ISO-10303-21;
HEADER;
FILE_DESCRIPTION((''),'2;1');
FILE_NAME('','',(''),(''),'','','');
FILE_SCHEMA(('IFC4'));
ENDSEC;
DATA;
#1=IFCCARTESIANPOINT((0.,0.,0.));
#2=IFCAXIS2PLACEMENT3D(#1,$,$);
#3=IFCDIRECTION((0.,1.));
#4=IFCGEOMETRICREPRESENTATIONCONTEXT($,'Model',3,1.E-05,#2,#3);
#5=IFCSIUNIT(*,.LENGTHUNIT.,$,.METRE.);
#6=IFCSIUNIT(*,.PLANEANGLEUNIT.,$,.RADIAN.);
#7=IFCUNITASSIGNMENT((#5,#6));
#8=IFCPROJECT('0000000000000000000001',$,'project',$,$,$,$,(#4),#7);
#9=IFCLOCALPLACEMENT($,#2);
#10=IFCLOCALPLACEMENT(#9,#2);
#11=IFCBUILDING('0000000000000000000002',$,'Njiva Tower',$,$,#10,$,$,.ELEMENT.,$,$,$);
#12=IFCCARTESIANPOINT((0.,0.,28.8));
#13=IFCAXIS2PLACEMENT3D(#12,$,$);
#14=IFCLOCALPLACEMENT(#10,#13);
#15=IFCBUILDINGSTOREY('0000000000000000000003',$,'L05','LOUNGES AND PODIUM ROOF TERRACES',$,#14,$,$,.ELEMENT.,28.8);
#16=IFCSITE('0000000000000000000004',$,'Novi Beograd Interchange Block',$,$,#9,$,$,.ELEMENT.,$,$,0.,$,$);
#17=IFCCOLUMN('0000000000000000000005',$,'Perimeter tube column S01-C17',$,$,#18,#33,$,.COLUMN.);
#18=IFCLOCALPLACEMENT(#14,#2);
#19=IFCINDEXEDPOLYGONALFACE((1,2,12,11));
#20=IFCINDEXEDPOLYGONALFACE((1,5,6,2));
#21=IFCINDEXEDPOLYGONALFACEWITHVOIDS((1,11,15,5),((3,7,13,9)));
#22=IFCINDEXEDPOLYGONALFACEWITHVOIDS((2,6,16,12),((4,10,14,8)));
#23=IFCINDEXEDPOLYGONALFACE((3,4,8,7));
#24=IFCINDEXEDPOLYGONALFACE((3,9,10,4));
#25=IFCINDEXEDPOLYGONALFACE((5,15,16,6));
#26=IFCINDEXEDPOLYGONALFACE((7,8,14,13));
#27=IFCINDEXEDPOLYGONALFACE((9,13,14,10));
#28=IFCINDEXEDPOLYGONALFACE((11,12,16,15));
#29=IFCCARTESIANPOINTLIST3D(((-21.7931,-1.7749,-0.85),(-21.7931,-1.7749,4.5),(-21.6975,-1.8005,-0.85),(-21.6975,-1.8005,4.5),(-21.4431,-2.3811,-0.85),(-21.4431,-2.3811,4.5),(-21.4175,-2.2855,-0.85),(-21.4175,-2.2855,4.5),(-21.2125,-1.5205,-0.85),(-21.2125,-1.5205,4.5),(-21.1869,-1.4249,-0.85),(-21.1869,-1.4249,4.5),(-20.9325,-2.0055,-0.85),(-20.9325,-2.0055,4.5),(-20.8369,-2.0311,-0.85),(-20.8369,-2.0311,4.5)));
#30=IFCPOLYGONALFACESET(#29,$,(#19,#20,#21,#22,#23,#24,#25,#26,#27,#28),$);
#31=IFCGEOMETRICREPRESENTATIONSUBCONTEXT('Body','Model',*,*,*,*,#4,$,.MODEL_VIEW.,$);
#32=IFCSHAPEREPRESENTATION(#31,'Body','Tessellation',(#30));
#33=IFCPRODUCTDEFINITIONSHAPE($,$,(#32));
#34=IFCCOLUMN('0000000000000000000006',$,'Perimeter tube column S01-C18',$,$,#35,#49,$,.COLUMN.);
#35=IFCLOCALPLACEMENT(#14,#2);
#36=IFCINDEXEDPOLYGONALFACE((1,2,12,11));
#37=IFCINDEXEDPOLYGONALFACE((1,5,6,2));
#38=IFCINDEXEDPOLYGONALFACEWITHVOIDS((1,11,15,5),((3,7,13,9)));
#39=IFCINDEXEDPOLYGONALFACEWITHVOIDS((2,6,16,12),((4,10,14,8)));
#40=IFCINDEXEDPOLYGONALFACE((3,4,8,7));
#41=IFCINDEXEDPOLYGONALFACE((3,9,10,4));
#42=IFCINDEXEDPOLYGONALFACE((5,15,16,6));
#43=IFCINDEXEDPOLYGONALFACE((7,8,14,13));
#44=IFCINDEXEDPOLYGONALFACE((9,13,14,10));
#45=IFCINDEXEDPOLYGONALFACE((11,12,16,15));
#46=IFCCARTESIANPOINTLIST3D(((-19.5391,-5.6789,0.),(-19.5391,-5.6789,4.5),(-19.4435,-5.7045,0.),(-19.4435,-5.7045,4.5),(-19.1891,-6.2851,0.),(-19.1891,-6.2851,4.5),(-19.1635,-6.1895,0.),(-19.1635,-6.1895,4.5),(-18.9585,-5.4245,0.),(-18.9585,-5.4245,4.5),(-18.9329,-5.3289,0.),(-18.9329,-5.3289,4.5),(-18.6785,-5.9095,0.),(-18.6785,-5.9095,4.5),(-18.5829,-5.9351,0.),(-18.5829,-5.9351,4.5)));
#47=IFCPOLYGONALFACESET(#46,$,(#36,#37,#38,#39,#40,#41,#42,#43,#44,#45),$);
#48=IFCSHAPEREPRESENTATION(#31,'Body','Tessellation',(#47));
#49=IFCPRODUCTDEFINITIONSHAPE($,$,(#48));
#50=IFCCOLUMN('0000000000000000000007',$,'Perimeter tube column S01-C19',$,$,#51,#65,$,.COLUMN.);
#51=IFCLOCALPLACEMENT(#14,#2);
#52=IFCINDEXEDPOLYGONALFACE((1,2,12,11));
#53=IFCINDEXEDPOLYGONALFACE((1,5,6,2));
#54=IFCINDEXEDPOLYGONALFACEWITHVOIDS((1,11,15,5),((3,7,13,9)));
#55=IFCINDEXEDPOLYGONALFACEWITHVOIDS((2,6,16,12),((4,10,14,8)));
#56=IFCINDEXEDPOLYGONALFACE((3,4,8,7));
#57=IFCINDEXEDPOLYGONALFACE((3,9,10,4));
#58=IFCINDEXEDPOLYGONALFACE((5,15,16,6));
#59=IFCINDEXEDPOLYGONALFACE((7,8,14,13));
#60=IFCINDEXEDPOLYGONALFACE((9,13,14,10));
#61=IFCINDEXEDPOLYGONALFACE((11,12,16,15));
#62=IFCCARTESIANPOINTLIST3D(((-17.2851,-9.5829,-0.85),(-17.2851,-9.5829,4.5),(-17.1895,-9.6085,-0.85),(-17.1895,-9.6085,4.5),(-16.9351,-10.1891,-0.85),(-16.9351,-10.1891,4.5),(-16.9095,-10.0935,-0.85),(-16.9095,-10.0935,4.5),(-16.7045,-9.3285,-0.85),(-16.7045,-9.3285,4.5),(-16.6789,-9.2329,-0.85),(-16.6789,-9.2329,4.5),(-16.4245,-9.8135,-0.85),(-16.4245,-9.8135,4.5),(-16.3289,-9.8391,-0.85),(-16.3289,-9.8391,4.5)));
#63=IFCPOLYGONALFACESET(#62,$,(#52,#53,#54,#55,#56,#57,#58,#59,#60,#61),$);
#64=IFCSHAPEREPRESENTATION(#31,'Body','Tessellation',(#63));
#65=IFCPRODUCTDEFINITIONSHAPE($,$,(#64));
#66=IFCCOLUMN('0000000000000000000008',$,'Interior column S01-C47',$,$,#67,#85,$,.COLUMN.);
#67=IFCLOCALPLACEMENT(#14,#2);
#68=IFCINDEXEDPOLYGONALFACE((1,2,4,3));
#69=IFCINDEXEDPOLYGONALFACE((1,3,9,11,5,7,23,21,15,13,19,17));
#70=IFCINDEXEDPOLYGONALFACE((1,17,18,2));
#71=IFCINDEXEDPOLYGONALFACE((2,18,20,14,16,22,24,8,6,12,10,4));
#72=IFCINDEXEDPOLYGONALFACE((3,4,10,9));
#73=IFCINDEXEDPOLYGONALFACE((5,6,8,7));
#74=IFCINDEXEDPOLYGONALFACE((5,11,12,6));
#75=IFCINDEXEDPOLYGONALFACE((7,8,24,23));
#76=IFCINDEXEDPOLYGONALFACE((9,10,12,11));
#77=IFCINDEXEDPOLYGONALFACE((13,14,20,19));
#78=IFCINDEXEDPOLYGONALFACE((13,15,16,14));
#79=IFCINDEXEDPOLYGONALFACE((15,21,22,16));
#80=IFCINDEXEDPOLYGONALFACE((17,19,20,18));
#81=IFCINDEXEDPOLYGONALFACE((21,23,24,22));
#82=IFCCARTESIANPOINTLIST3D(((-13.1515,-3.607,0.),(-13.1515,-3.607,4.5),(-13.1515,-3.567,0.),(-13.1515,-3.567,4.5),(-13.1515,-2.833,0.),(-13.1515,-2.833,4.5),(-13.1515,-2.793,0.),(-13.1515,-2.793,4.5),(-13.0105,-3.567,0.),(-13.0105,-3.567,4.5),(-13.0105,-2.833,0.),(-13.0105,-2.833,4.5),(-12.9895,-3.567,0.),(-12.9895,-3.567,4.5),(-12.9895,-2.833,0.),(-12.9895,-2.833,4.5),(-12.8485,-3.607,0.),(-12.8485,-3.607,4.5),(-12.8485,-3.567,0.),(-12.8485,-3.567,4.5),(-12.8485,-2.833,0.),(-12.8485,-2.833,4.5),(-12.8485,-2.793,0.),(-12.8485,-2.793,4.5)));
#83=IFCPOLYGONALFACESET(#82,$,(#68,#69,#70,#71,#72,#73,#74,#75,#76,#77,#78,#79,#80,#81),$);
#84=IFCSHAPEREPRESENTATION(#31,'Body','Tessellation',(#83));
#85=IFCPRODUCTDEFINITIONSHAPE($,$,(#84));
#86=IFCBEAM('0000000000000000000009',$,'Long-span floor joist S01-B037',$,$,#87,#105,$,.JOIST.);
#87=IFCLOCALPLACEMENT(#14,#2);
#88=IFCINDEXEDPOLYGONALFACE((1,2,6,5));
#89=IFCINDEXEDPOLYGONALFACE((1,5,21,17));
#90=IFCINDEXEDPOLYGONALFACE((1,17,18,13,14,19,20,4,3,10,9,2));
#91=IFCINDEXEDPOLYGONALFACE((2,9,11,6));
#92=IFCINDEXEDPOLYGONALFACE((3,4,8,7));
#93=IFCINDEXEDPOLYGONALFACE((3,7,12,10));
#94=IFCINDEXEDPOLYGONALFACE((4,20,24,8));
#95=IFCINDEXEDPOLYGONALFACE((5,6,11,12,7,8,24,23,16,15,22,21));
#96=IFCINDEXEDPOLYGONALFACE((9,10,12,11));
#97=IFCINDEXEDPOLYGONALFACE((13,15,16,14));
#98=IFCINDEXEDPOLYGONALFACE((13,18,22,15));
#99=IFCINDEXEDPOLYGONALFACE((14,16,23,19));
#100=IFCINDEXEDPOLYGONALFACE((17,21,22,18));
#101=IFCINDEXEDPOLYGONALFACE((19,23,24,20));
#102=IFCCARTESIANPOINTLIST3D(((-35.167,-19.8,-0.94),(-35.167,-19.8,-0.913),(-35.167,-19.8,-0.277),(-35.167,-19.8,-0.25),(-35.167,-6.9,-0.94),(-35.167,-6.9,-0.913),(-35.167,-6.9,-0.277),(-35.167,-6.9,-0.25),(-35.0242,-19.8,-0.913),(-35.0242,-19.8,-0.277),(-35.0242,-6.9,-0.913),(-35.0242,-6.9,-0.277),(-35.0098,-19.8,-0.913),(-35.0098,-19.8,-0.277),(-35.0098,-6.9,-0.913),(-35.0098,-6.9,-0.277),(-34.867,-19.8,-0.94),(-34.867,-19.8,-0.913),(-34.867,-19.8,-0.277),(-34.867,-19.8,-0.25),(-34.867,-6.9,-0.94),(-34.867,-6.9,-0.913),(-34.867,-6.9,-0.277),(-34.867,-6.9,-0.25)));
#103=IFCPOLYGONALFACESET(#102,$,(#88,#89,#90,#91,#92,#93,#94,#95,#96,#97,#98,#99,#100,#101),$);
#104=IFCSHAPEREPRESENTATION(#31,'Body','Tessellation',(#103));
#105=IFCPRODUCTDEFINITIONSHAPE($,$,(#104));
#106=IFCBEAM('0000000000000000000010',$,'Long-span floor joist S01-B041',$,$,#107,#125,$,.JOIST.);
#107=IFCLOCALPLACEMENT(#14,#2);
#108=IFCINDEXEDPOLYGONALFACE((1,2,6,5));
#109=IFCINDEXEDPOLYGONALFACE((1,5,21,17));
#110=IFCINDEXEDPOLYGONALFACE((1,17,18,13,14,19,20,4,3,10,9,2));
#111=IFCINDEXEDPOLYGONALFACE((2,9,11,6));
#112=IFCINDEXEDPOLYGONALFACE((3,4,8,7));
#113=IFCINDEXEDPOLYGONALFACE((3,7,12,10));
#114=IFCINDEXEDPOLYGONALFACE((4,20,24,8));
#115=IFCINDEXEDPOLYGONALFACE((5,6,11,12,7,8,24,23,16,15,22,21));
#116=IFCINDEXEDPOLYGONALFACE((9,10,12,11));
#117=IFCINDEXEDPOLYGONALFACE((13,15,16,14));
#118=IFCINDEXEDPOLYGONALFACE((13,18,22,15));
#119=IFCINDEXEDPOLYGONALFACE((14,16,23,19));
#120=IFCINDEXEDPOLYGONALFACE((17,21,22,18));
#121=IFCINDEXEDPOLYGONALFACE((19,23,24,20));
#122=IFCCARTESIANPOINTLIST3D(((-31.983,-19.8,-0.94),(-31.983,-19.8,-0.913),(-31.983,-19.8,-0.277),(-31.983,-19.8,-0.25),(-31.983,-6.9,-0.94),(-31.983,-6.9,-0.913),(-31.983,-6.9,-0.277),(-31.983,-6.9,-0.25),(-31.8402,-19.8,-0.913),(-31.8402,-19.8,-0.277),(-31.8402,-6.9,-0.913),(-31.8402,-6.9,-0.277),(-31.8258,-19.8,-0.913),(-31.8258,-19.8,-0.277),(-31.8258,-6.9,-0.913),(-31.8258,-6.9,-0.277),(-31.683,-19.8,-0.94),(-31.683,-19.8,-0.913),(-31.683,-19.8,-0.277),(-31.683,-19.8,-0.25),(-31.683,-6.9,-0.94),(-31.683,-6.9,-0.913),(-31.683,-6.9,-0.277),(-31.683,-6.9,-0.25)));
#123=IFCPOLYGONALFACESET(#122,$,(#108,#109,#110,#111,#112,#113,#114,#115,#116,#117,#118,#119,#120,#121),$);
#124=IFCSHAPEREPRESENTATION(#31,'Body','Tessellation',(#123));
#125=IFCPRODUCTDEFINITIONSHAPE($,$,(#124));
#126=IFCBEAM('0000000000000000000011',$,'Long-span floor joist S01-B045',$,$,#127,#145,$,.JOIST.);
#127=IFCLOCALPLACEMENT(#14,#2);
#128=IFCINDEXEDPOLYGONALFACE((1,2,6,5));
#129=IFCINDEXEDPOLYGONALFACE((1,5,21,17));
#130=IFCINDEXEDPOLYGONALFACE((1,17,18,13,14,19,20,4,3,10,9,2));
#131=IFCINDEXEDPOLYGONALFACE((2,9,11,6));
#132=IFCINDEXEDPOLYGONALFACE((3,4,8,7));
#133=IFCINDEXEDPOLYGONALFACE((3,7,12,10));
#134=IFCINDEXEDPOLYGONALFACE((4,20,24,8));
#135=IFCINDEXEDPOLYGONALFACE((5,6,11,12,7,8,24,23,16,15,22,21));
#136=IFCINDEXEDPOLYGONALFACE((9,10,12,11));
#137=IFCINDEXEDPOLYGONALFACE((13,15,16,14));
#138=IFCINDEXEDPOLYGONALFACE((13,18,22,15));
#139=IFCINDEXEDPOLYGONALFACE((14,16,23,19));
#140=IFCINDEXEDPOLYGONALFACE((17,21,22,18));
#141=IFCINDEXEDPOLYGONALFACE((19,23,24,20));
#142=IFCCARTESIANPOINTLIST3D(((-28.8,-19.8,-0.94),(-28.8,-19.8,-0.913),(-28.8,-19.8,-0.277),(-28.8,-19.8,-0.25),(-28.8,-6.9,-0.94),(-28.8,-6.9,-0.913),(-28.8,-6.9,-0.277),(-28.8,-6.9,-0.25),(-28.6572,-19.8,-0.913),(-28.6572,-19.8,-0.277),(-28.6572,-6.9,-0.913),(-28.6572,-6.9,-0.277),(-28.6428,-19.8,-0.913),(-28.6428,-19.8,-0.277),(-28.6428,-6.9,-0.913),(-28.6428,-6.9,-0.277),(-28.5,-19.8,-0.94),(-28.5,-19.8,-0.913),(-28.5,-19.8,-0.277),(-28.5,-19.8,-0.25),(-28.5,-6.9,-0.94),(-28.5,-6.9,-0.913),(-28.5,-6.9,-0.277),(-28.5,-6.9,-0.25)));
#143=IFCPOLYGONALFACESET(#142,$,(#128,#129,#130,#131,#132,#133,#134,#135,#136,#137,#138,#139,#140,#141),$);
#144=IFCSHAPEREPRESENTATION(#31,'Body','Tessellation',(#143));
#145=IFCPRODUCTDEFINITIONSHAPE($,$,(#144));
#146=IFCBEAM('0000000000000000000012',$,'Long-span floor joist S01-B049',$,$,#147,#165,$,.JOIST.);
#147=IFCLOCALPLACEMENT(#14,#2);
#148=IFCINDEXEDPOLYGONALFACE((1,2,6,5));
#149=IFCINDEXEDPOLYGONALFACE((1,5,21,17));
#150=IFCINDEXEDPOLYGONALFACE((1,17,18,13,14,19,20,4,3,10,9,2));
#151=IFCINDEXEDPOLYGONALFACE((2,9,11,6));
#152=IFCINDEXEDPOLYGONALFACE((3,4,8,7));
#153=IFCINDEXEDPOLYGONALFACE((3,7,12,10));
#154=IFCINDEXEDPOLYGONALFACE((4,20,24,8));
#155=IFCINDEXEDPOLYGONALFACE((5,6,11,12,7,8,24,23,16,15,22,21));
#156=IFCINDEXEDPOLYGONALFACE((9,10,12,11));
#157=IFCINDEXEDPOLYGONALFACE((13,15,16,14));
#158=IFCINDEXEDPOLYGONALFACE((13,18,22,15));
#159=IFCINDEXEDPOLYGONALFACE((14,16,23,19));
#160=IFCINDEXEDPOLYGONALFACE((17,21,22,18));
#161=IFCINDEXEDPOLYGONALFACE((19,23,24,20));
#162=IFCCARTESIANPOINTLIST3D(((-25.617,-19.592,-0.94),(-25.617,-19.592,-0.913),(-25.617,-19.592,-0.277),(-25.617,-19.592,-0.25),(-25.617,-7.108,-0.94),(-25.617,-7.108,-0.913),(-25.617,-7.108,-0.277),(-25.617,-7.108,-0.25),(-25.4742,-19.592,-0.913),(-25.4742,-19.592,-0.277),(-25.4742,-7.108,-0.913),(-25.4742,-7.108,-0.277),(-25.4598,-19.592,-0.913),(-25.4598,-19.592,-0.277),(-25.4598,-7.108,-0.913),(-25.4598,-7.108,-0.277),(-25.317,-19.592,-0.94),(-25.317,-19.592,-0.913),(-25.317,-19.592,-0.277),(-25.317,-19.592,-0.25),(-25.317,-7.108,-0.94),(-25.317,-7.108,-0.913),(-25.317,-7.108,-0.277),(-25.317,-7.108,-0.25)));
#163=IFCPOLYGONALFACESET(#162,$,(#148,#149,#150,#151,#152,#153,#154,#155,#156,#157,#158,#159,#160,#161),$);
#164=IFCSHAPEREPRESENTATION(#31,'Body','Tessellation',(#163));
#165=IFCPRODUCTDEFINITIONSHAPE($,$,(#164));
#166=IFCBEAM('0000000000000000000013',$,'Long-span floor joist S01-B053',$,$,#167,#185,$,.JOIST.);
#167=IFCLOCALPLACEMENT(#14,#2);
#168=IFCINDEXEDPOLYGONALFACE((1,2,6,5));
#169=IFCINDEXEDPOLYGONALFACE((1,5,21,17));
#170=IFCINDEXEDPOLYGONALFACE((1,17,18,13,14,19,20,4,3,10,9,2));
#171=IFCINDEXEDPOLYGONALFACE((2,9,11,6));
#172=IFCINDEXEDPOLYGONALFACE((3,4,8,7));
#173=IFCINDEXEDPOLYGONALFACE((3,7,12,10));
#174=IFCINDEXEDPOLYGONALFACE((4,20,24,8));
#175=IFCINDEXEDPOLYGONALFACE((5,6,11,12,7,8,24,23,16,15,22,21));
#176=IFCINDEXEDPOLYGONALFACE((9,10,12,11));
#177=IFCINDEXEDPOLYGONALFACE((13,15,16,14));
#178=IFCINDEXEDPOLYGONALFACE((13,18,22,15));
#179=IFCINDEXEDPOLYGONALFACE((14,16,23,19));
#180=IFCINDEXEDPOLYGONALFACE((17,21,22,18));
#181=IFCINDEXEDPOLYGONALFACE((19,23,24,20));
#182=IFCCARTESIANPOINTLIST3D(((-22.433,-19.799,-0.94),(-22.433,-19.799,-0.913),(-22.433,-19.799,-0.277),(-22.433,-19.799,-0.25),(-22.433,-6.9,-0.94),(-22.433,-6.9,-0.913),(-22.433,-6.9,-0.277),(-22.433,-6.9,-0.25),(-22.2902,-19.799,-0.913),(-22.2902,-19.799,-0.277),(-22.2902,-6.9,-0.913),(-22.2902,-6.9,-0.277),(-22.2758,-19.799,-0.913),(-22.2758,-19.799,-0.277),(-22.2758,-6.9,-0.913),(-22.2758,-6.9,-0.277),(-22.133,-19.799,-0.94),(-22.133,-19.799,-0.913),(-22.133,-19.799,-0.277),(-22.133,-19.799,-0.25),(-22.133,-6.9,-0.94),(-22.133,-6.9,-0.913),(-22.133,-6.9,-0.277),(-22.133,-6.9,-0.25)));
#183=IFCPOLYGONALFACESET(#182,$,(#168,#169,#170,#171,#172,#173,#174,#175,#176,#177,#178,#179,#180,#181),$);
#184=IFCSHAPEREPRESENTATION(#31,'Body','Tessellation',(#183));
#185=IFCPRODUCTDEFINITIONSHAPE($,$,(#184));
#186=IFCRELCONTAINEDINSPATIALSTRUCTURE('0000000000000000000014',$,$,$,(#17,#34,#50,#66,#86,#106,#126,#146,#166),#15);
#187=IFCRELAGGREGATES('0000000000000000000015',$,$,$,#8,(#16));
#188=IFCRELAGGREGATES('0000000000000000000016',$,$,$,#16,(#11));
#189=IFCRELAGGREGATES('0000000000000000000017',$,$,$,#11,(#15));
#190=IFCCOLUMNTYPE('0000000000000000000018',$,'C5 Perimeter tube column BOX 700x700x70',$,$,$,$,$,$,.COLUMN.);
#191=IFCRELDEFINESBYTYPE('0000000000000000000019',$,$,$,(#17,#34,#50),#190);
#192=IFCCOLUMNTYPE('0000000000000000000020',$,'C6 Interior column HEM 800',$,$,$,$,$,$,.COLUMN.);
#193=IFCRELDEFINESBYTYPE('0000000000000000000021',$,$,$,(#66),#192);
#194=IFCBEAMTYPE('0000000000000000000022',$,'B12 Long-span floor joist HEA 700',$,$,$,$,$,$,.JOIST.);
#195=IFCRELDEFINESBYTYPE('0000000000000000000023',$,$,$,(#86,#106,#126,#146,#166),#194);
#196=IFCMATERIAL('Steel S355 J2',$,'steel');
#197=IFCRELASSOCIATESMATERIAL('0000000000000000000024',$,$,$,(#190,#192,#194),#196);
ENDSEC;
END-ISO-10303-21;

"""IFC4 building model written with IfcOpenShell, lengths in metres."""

from ifc_helpers import new_model, si_unit, direction, frame, origin, origin_2d, place, context, subcontext, project, spatial, hollow_rectangle, i_section, extrude, material, material_profile, profile_set, type_object, element, save


model = new_model("IFC4")

# Units and contexts
model_context = context("Model", 3, precision=1e-05, world=origin(), true_north=direction((0.0, 1.0)))
body_context = subcontext(model_context, "Body", "Model", "MODEL_VIEW")
ifc_project = project(units=[si_unit("LENGTHUNIT", "METRE"), si_unit("PLANEANGLEUNIT", "RADIAN")], contexts=[model_context])

# Site, building, storey
site_placement = place(None, origin())
site = spatial("IfcSite", under=ifc_project, at=site_placement, Name="Novi Beograd Interchange Block", CompositionType="ELEMENT", RefElevation=0.0)
building_placement = place(site_placement, origin())
building = spatial("IfcBuilding", under=site, at=building_placement, Name="Njiva Tower", CompositionType="ELEMENT")
storey_placement = place(building_placement, frame((0.0, 0.0, 28.8)))
storey = spatial("IfcBuildingStorey", under=building, at=storey_placement, Name="L05", Description="LOUNGES AND PODIUM ROOF TERRACES", CompositionType="ELEMENT", Elevation=28.8)

# Columns
ifc_material_1 = material(Name="Steel S355 J2", Category="steel")
ifc_material_profile_1 = material_profile(ifc_material_1, hollow_rectangle(XDim=0.7, YDim=0.7, WallThickness=0.07, at=origin_2d()), Name="BOX 700x700x70")
ifc_profile_set_1 = profile_set([ifc_material_profile_1], Name="Steel S355 J2")
column_type_1 = type_object("IfcColumnType", Name="C5 Perimeter tube column BOX 700x700x70", PredefinedType="COLUMN", material=ifc_profile_set_1)
column_1_placement = place(storey_placement, frame((-21.315, -1.903, -0.85), z_axis=(0.0, 0.0, 1.0), x_axis=(0.5, -0.866025, 0.0)))
element("IfcColumn", 1, at=column_1_placement, inside=storey, type_object=column_type_1, Name="Perimeter tube column S01-C17", PredefinedType="COLUMN", context=body_context, shape_type="SweptSolid", body=[
    extrude(hollow_rectangle(XDim=0.7, YDim=0.7, WallThickness=0.07, at=origin_2d()), origin(), (0.0, 0.0, 1.0), 5.35),
])
column_2_placement = place(storey_placement, frame((-19.061, -5.807, 0.0), z_axis=(0.0, 0.0, 1.0), x_axis=(0.5, -0.866025, 0.0)))
element("IfcColumn", 2, at=column_2_placement, inside=storey, type_object=column_type_1, Name="Perimeter tube column S01-C18", PredefinedType="COLUMN", context=body_context, shape_type="SweptSolid", body=[
    extrude(hollow_rectangle(XDim=0.7, YDim=0.7, WallThickness=0.07, at=origin_2d()), origin(), (0.0, 0.0, 1.0), 4.5),
])
column_3_placement = place(storey_placement, frame((-16.807, -9.711, -0.85), z_axis=(0.0, 0.0, 1.0), x_axis=(0.5, -0.866025, 0.0)))
element("IfcColumn", 3, at=column_3_placement, inside=storey, type_object=column_type_1, Name="Perimeter tube column S01-C19", PredefinedType="COLUMN", context=body_context, shape_type="SweptSolid", body=[
    extrude(hollow_rectangle(XDim=0.7, YDim=0.7, WallThickness=0.07, at=origin_2d()), origin(), (0.0, 0.0, 1.0), 5.35),
])
ifc_material_profile_2 = material_profile(ifc_material_1, i_section(OverallWidth=0.303, OverallDepth=0.814, WebThickness=0.021, FlangeThickness=0.04, at=origin_2d()), Name="HEM 800")
ifc_profile_set_2 = profile_set([ifc_material_profile_2], Name="Steel S355 J2")
column_type_2 = type_object("IfcColumnType", Name="C6 Interior column HEM 800", PredefinedType="COLUMN", material=ifc_profile_set_2)
column_4_placement = place(storey_placement, frame((-13.0, -3.2, 0.0), z_axis=(0.0, 0.0, 1.0), x_axis=(1.0, 0.0, 0.0)))
element("IfcColumn", 4, at=column_4_placement, inside=storey, type_object=column_type_2, Name="Interior column S01-C47", PredefinedType="COLUMN", context=body_context, shape_type="SweptSolid", body=[
    extrude(i_section(OverallWidth=0.303, OverallDepth=0.814, WebThickness=0.021, FlangeThickness=0.04, at=origin_2d()), origin(), (0.0, 0.0, 1.0), 4.5),
])

# Beams
ifc_material_profile_3 = material_profile(ifc_material_1, i_section(OverallWidth=0.3, OverallDepth=0.69, WebThickness=0.0145, FlangeThickness=0.027, at=origin_2d()), Name="HEA 700")
ifc_profile_set_3 = profile_set([ifc_material_profile_3], Name="Steel S355 J2")
beam_type_1 = type_object("IfcBeamType", Name="B12 Long-span floor joist HEA 700", PredefinedType="JOIST", material=ifc_profile_set_3)
for number, where, z_axis, x_axis, name in (
    (5, (-35.017, -6.9, -0.595), (0.0, -1.0, 0.0), (1.0, 0.0, 0.0), "Long-span floor joist S01-B037"),
    (6, (-31.833, -6.9, -0.595), (0.0, -1.0, 0.0), (1.0, 0.0, 0.0), "Long-span floor joist S01-B041"),
    (7, (-28.65, -6.9, -0.595), (0.0, -1.0, 0.0), (1.0, 0.0, 0.0), "Long-span floor joist S01-B045"),
):
    element("IfcBeam", number, at=place(storey_placement, frame(where, z_axis=z_axis, x_axis=x_axis)), inside=storey, type_object=beam_type_1, Name=name, PredefinedType="JOIST", context=body_context, shape_type="SweptSolid", body=[
        extrude(i_section(OverallWidth=0.3, OverallDepth=0.69, WebThickness=0.0145, FlangeThickness=0.027, at=origin_2d()), origin(), (0.0, 0.0, 1.0), 12.9),
    ])
beam_1_placement = place(storey_placement, frame((-25.467, -7.108, -0.595), z_axis=(0.0, -1.0, 0.0), x_axis=(1.0, 0.0, 0.0)))
element("IfcBeam", 8, at=beam_1_placement, inside=storey, type_object=beam_type_1, Name="Long-span floor joist S01-B049", PredefinedType="JOIST", context=body_context, shape_type="SweptSolid", body=[
    extrude(i_section(OverallWidth=0.3, OverallDepth=0.69, WebThickness=0.0145, FlangeThickness=0.027, at=origin_2d()), origin(), (0.0, 0.0, 1.0), 12.484),
])
for number, where, z_axis, x_axis, name in (
    (9, (-22.283, -6.9, -0.595), (0.0, -1.0, 0.0), (1.0, 0.0, 0.0), "Long-span floor joist S01-B053"),
):
    element("IfcBeam", number, at=place(storey_placement, frame(where, z_axis=z_axis, x_axis=x_axis)), inside=storey, type_object=beam_type_1, Name=name, PredefinedType="JOIST", context=body_context, shape_type="SweptSolid", body=[
        extrude(i_section(OverallWidth=0.3, OverallDepth=0.69, WebThickness=0.0145, FlangeThickness=0.027, at=origin_2d()), origin(), (0.0, 0.0, 1.0), 12.899),
    ])

save(model, "model.ifc")
